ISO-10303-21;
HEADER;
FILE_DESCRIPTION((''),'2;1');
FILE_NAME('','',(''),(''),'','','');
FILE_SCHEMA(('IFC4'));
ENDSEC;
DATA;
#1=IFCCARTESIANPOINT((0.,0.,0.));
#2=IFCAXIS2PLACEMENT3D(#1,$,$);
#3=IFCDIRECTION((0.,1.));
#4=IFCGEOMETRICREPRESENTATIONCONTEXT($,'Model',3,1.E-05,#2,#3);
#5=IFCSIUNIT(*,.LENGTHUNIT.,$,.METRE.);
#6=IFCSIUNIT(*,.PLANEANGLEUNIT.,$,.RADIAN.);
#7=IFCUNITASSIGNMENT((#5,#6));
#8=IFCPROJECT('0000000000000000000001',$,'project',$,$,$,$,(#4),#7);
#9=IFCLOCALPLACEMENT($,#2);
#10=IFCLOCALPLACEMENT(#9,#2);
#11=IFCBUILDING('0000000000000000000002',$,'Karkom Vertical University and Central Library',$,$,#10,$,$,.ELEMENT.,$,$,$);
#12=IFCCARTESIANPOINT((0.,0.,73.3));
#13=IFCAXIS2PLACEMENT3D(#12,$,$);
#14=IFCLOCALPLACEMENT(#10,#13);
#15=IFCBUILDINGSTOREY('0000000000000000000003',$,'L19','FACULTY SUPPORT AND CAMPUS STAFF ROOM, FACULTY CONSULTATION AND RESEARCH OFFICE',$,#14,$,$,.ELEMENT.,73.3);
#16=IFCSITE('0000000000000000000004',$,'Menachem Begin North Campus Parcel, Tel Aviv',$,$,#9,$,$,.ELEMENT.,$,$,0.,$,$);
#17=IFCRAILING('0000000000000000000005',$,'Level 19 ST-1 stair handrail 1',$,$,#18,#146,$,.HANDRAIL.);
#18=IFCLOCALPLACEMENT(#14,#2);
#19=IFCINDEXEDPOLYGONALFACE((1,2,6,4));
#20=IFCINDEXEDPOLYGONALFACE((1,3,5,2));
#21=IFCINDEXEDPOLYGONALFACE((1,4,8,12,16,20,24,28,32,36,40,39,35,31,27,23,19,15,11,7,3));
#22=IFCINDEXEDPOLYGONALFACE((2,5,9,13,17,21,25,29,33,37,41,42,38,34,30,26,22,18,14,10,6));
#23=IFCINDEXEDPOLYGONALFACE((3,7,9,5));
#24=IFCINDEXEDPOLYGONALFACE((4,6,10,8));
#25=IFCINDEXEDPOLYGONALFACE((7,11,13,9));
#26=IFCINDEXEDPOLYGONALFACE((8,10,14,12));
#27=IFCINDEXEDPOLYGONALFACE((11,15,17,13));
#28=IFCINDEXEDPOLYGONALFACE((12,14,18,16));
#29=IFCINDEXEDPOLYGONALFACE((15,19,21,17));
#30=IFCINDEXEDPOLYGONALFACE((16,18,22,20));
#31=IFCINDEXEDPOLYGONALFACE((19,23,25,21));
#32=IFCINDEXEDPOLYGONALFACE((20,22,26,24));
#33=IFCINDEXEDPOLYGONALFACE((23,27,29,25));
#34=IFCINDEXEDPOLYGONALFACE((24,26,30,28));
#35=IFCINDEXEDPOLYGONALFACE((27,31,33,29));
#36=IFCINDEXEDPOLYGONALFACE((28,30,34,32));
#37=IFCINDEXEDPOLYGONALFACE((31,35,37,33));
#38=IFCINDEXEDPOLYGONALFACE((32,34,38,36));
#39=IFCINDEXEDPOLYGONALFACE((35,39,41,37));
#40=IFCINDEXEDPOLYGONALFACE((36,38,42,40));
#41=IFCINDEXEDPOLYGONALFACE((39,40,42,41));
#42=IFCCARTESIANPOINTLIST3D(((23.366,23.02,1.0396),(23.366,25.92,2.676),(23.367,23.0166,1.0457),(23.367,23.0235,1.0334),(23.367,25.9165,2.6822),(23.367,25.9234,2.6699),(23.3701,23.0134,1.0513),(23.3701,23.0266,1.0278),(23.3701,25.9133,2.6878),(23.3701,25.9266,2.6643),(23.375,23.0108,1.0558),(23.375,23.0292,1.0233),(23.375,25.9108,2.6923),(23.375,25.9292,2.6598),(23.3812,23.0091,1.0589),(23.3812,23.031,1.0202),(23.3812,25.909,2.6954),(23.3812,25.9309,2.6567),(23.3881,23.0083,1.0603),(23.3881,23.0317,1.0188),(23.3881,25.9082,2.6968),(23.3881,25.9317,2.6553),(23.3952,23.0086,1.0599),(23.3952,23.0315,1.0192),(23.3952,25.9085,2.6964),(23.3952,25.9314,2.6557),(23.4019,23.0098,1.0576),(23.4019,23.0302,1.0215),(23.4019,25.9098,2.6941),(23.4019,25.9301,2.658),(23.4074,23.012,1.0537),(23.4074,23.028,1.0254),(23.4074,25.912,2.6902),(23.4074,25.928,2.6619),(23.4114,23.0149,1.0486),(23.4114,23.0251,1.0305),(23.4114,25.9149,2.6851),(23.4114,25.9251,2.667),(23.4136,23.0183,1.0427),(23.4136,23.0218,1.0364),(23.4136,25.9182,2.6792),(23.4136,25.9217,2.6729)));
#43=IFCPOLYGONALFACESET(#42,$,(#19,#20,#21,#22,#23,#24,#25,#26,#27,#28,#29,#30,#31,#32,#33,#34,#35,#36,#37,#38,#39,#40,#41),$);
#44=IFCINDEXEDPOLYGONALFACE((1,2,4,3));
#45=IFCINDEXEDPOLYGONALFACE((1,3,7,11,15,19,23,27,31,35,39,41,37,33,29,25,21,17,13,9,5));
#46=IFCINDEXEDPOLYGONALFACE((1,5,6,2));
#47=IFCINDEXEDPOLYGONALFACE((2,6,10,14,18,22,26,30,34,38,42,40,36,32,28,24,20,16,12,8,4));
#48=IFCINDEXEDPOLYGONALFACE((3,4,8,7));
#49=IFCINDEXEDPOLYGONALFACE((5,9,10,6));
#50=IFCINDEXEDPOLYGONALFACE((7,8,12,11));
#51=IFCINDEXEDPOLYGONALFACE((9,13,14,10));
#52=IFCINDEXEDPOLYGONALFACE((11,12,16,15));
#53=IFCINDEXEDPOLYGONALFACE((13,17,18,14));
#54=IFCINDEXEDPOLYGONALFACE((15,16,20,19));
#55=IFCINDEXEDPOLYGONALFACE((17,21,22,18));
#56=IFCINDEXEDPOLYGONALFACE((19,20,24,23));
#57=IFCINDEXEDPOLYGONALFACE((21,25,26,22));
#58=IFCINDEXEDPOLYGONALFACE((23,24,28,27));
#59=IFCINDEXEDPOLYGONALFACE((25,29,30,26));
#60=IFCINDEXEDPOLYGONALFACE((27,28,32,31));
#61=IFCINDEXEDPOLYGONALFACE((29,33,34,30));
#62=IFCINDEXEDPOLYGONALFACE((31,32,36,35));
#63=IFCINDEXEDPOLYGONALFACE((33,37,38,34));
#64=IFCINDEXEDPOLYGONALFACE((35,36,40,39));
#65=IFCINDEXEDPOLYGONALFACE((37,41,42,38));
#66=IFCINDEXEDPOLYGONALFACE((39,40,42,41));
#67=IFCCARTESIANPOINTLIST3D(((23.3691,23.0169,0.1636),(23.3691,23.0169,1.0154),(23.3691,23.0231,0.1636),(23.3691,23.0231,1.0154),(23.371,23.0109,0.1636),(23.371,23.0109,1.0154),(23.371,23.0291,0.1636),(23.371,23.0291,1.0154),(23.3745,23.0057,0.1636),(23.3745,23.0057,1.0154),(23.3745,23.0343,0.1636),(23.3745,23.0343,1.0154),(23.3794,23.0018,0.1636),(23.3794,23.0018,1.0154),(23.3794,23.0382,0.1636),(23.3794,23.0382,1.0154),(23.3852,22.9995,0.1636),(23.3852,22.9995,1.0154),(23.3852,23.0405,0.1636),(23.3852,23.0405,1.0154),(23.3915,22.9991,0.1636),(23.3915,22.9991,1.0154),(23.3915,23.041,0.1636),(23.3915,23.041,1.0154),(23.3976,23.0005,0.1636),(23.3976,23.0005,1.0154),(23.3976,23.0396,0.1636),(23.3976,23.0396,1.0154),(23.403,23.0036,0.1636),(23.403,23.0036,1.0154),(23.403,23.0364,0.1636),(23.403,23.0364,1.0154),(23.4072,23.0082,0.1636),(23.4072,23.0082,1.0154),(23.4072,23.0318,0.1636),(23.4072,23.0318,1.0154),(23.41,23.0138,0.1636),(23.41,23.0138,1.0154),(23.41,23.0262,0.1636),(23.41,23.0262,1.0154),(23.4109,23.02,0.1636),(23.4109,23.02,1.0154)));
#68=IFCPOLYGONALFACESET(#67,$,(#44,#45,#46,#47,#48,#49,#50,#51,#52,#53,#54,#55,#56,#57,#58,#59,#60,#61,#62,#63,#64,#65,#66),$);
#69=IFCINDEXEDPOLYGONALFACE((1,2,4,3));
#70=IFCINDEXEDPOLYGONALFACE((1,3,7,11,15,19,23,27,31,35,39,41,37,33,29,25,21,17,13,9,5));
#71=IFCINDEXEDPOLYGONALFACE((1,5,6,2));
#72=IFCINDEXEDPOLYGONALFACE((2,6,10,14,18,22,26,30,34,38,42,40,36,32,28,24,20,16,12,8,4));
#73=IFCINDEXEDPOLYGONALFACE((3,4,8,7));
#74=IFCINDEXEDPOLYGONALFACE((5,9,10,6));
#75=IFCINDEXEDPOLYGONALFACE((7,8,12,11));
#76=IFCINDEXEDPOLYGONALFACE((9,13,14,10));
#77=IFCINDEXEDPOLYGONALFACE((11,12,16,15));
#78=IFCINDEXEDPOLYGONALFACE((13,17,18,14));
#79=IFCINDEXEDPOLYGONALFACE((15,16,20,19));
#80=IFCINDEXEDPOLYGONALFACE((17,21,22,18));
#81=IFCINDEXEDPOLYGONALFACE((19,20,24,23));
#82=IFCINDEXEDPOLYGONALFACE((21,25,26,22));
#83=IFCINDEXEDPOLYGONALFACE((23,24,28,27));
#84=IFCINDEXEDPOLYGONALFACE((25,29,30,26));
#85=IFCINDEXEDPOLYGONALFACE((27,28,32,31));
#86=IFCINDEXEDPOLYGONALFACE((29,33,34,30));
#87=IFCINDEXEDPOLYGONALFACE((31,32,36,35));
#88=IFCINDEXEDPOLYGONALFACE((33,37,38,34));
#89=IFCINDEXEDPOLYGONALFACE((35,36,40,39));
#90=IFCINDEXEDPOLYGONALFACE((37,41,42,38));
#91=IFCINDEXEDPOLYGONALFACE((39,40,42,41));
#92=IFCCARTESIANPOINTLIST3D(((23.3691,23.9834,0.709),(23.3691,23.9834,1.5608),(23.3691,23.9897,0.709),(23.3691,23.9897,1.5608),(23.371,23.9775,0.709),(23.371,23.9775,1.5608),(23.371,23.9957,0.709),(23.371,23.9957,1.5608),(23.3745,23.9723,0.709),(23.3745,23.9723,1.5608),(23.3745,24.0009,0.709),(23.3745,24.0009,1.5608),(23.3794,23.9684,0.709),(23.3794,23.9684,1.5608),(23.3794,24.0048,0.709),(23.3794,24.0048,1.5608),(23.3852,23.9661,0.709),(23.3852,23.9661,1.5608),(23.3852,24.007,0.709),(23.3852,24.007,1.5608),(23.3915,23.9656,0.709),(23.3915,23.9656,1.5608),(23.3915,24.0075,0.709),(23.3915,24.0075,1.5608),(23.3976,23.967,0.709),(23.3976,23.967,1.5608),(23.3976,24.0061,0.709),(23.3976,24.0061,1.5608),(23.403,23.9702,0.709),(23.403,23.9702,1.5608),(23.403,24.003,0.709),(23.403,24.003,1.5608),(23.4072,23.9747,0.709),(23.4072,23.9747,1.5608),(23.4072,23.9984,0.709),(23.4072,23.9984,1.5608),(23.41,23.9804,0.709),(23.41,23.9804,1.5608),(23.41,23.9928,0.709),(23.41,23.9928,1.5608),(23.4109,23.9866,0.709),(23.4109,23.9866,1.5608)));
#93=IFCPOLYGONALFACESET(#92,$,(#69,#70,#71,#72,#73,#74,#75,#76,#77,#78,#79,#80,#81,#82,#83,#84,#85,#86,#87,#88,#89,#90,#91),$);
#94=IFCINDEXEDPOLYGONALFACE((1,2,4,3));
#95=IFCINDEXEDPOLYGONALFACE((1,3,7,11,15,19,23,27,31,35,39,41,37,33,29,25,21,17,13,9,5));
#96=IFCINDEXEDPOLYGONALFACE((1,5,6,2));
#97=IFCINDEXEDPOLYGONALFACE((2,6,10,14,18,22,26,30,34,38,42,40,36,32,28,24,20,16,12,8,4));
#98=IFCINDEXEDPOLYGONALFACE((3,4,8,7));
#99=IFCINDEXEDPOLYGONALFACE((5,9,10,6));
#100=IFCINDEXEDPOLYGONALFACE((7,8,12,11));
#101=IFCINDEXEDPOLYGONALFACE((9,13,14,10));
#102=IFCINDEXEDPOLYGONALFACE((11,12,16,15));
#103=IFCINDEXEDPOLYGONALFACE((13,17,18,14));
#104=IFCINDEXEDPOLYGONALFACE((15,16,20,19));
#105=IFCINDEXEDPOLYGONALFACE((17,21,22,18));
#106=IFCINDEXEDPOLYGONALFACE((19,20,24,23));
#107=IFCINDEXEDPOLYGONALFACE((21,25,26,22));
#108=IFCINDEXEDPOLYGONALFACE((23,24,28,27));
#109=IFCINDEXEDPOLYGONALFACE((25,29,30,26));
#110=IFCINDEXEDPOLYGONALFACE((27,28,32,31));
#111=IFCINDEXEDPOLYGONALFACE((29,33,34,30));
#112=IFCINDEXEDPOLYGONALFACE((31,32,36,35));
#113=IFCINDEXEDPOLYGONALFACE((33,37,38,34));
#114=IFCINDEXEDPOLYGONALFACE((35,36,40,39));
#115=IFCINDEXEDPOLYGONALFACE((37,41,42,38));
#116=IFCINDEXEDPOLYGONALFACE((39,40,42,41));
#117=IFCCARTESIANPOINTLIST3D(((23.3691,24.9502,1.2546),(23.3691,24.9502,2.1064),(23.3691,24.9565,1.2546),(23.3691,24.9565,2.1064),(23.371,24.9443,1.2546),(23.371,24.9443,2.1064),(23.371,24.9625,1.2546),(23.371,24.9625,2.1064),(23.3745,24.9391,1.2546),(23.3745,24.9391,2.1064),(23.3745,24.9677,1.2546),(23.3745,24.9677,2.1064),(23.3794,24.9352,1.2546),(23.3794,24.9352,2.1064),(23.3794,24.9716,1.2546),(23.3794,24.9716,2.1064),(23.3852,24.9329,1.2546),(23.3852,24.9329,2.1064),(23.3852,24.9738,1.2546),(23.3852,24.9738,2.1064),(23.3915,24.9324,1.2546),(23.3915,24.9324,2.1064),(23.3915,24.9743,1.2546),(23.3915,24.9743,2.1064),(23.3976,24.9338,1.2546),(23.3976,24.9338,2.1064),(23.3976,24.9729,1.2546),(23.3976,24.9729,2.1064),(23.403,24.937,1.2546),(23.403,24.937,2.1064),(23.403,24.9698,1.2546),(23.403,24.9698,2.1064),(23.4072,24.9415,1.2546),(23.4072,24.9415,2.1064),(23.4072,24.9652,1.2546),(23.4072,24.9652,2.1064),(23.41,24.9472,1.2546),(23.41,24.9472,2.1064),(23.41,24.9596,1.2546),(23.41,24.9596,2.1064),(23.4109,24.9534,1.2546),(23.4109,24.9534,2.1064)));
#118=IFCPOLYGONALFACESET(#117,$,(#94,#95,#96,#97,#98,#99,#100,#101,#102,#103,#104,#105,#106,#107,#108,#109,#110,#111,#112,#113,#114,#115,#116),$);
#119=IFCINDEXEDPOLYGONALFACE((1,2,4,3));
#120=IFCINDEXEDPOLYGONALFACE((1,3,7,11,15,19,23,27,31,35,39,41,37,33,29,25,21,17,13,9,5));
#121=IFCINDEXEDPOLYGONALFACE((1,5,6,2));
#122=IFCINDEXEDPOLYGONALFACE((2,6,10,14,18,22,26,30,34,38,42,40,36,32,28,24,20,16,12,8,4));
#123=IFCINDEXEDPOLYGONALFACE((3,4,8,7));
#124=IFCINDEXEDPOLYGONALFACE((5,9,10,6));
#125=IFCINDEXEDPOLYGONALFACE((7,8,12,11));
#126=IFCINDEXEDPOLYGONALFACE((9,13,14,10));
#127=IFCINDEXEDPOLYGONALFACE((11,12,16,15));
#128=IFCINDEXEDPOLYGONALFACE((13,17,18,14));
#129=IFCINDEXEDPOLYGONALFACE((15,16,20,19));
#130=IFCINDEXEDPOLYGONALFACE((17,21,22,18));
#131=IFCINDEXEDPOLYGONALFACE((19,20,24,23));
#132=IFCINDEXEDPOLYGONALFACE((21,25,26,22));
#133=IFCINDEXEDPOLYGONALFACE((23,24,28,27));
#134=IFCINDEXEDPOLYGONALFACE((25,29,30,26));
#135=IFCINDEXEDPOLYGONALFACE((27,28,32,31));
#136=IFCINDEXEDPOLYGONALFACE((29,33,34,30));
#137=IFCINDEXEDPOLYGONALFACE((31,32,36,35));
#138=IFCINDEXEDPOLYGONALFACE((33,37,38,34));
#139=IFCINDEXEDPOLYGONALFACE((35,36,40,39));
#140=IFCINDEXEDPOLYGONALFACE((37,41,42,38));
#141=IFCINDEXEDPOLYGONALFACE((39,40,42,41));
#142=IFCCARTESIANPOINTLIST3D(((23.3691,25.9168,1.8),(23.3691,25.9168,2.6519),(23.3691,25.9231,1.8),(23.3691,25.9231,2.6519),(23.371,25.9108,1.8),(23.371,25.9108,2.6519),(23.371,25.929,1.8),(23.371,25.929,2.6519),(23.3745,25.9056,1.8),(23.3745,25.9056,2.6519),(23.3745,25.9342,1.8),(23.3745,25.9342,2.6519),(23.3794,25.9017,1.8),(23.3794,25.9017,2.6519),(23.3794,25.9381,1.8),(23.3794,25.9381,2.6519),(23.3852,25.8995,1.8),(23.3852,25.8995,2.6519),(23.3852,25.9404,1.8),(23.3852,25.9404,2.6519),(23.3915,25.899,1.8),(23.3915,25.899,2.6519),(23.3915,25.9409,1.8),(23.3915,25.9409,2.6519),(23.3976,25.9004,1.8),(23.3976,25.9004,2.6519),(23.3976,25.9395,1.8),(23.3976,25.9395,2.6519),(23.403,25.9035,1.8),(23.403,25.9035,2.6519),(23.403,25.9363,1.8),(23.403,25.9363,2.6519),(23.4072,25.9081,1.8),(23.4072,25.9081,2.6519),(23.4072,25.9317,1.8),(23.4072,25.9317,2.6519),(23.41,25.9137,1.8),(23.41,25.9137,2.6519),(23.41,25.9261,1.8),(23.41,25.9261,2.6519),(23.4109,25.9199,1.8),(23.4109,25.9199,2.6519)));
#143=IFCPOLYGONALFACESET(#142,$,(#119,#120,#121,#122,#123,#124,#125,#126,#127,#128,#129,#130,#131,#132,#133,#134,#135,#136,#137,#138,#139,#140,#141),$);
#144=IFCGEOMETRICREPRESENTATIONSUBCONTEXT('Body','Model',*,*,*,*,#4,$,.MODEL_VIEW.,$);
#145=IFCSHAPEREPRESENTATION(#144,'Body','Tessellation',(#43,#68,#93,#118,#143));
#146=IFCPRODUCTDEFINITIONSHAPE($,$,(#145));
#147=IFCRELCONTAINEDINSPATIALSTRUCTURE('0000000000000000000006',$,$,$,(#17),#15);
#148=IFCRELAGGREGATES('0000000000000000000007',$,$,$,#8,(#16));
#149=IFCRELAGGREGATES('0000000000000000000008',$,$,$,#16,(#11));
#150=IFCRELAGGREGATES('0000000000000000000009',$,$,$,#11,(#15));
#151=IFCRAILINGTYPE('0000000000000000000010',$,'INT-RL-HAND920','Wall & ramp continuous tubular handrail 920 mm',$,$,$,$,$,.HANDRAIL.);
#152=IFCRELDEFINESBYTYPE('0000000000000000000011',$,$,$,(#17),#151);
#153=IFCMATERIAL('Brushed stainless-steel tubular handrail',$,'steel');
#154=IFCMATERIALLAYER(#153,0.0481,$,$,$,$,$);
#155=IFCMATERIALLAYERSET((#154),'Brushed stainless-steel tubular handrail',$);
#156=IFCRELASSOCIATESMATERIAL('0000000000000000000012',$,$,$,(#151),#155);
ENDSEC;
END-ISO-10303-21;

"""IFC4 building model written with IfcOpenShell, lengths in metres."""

from ifc_helpers import new_model, si_unit, direction, frame, origin, origin_2d, place, context, subcontext, project, spatial, circle, extrude, material, layer, layer_set, type_object, element, save


model = new_model("IFC4")

# Units and contexts
model_context = context("Model", 3, precision=1e-05, world=origin(), true_north=direction((0.0, 1.0)))
body_context = subcontext(model_context, "Body", "Model", "MODEL_VIEW")
ifc_project = project(units=[si_unit("LENGTHUNIT", "METRE"), si_unit("PLANEANGLEUNIT", "RADIAN")], contexts=[model_context])

# Site, building, storey
site_placement = place(None, origin())
site = spatial("IfcSite", under=ifc_project, at=site_placement, Name="Menachem Begin North Campus Parcel, Tel Aviv", CompositionType="ELEMENT", RefElevation=0.0)
building_placement = place(site_placement, origin())
building = spatial("IfcBuilding", under=site, at=building_placement, Name="Karkom Vertical University and Central Library", CompositionType="ELEMENT")
storey_placement = place(building_placement, frame((0.0, 0.0, 73.3)))
storey = spatial("IfcBuildingStorey", under=building, at=storey_placement, Name="L19", Description="FACULTY SUPPORT AND CAMPUS STAFF ROOM, FACULTY CONSULTATION AND RESEARCH OFFICE", CompositionType="ELEMENT", Elevation=73.3)

# Railing
ifc_material_1 = material(Name="Brushed stainless-steel tubular handrail", Category="steel")
ifc_layer_1 = layer(ifc_material_1, 0.0481)
ifc_layer_set_1 = layer_set([ifc_layer_1], Name="Brushed stainless-steel tubular handrail")
railing_type_1 = type_object("IfcRailingType", Name="INT-RL-HAND920", Description="Wall & ramp continuous tubular handrail 920 mm", PredefinedType="HANDRAIL", material=ifc_layer_set_1)
railing_1_placement = place(storey_placement, frame((23.3899, 23.02, 0.1636)))
element("IfcRailing", 1, at=railing_1_placement, inside=storey, type_object=railing_type_1, Name="Level 19 ST-1 stair handrail 1", PredefinedType="HANDRAIL", context=body_context, shape_type="SweptSolid", body=[
    extrude(circle(Radius=0.0239, at=origin_2d()), frame((0.0, 0.0, 0.876), z_axis=(0.0, 0.870897, 0.491465), x_axis=(-1.0, 0.0, 0.0)), (0.0, 0.0, 1.0), 3.3298),
    extrude(circle(Radius=0.021, at=origin_2d()), origin(), (0.0, 0.0, 1.0), 0.8518),
    extrude(circle(Radius=0.021, at=origin_2d()), frame((0.0, 0.9666, 0.5454)), (0.0, 0.0, 1.0), 0.8518),
    extrude(circle(Radius=0.021, at=origin_2d()), frame((0.0, 1.9333, 1.0911)), (0.0, 0.0, 1.0), 0.8518),
    extrude(circle(Radius=0.021, at=origin_2d()), frame((0.0, 2.8999, 1.6365)), (0.0, 0.0, 1.0), 0.8518),
])

save(model, "model.ifc")
